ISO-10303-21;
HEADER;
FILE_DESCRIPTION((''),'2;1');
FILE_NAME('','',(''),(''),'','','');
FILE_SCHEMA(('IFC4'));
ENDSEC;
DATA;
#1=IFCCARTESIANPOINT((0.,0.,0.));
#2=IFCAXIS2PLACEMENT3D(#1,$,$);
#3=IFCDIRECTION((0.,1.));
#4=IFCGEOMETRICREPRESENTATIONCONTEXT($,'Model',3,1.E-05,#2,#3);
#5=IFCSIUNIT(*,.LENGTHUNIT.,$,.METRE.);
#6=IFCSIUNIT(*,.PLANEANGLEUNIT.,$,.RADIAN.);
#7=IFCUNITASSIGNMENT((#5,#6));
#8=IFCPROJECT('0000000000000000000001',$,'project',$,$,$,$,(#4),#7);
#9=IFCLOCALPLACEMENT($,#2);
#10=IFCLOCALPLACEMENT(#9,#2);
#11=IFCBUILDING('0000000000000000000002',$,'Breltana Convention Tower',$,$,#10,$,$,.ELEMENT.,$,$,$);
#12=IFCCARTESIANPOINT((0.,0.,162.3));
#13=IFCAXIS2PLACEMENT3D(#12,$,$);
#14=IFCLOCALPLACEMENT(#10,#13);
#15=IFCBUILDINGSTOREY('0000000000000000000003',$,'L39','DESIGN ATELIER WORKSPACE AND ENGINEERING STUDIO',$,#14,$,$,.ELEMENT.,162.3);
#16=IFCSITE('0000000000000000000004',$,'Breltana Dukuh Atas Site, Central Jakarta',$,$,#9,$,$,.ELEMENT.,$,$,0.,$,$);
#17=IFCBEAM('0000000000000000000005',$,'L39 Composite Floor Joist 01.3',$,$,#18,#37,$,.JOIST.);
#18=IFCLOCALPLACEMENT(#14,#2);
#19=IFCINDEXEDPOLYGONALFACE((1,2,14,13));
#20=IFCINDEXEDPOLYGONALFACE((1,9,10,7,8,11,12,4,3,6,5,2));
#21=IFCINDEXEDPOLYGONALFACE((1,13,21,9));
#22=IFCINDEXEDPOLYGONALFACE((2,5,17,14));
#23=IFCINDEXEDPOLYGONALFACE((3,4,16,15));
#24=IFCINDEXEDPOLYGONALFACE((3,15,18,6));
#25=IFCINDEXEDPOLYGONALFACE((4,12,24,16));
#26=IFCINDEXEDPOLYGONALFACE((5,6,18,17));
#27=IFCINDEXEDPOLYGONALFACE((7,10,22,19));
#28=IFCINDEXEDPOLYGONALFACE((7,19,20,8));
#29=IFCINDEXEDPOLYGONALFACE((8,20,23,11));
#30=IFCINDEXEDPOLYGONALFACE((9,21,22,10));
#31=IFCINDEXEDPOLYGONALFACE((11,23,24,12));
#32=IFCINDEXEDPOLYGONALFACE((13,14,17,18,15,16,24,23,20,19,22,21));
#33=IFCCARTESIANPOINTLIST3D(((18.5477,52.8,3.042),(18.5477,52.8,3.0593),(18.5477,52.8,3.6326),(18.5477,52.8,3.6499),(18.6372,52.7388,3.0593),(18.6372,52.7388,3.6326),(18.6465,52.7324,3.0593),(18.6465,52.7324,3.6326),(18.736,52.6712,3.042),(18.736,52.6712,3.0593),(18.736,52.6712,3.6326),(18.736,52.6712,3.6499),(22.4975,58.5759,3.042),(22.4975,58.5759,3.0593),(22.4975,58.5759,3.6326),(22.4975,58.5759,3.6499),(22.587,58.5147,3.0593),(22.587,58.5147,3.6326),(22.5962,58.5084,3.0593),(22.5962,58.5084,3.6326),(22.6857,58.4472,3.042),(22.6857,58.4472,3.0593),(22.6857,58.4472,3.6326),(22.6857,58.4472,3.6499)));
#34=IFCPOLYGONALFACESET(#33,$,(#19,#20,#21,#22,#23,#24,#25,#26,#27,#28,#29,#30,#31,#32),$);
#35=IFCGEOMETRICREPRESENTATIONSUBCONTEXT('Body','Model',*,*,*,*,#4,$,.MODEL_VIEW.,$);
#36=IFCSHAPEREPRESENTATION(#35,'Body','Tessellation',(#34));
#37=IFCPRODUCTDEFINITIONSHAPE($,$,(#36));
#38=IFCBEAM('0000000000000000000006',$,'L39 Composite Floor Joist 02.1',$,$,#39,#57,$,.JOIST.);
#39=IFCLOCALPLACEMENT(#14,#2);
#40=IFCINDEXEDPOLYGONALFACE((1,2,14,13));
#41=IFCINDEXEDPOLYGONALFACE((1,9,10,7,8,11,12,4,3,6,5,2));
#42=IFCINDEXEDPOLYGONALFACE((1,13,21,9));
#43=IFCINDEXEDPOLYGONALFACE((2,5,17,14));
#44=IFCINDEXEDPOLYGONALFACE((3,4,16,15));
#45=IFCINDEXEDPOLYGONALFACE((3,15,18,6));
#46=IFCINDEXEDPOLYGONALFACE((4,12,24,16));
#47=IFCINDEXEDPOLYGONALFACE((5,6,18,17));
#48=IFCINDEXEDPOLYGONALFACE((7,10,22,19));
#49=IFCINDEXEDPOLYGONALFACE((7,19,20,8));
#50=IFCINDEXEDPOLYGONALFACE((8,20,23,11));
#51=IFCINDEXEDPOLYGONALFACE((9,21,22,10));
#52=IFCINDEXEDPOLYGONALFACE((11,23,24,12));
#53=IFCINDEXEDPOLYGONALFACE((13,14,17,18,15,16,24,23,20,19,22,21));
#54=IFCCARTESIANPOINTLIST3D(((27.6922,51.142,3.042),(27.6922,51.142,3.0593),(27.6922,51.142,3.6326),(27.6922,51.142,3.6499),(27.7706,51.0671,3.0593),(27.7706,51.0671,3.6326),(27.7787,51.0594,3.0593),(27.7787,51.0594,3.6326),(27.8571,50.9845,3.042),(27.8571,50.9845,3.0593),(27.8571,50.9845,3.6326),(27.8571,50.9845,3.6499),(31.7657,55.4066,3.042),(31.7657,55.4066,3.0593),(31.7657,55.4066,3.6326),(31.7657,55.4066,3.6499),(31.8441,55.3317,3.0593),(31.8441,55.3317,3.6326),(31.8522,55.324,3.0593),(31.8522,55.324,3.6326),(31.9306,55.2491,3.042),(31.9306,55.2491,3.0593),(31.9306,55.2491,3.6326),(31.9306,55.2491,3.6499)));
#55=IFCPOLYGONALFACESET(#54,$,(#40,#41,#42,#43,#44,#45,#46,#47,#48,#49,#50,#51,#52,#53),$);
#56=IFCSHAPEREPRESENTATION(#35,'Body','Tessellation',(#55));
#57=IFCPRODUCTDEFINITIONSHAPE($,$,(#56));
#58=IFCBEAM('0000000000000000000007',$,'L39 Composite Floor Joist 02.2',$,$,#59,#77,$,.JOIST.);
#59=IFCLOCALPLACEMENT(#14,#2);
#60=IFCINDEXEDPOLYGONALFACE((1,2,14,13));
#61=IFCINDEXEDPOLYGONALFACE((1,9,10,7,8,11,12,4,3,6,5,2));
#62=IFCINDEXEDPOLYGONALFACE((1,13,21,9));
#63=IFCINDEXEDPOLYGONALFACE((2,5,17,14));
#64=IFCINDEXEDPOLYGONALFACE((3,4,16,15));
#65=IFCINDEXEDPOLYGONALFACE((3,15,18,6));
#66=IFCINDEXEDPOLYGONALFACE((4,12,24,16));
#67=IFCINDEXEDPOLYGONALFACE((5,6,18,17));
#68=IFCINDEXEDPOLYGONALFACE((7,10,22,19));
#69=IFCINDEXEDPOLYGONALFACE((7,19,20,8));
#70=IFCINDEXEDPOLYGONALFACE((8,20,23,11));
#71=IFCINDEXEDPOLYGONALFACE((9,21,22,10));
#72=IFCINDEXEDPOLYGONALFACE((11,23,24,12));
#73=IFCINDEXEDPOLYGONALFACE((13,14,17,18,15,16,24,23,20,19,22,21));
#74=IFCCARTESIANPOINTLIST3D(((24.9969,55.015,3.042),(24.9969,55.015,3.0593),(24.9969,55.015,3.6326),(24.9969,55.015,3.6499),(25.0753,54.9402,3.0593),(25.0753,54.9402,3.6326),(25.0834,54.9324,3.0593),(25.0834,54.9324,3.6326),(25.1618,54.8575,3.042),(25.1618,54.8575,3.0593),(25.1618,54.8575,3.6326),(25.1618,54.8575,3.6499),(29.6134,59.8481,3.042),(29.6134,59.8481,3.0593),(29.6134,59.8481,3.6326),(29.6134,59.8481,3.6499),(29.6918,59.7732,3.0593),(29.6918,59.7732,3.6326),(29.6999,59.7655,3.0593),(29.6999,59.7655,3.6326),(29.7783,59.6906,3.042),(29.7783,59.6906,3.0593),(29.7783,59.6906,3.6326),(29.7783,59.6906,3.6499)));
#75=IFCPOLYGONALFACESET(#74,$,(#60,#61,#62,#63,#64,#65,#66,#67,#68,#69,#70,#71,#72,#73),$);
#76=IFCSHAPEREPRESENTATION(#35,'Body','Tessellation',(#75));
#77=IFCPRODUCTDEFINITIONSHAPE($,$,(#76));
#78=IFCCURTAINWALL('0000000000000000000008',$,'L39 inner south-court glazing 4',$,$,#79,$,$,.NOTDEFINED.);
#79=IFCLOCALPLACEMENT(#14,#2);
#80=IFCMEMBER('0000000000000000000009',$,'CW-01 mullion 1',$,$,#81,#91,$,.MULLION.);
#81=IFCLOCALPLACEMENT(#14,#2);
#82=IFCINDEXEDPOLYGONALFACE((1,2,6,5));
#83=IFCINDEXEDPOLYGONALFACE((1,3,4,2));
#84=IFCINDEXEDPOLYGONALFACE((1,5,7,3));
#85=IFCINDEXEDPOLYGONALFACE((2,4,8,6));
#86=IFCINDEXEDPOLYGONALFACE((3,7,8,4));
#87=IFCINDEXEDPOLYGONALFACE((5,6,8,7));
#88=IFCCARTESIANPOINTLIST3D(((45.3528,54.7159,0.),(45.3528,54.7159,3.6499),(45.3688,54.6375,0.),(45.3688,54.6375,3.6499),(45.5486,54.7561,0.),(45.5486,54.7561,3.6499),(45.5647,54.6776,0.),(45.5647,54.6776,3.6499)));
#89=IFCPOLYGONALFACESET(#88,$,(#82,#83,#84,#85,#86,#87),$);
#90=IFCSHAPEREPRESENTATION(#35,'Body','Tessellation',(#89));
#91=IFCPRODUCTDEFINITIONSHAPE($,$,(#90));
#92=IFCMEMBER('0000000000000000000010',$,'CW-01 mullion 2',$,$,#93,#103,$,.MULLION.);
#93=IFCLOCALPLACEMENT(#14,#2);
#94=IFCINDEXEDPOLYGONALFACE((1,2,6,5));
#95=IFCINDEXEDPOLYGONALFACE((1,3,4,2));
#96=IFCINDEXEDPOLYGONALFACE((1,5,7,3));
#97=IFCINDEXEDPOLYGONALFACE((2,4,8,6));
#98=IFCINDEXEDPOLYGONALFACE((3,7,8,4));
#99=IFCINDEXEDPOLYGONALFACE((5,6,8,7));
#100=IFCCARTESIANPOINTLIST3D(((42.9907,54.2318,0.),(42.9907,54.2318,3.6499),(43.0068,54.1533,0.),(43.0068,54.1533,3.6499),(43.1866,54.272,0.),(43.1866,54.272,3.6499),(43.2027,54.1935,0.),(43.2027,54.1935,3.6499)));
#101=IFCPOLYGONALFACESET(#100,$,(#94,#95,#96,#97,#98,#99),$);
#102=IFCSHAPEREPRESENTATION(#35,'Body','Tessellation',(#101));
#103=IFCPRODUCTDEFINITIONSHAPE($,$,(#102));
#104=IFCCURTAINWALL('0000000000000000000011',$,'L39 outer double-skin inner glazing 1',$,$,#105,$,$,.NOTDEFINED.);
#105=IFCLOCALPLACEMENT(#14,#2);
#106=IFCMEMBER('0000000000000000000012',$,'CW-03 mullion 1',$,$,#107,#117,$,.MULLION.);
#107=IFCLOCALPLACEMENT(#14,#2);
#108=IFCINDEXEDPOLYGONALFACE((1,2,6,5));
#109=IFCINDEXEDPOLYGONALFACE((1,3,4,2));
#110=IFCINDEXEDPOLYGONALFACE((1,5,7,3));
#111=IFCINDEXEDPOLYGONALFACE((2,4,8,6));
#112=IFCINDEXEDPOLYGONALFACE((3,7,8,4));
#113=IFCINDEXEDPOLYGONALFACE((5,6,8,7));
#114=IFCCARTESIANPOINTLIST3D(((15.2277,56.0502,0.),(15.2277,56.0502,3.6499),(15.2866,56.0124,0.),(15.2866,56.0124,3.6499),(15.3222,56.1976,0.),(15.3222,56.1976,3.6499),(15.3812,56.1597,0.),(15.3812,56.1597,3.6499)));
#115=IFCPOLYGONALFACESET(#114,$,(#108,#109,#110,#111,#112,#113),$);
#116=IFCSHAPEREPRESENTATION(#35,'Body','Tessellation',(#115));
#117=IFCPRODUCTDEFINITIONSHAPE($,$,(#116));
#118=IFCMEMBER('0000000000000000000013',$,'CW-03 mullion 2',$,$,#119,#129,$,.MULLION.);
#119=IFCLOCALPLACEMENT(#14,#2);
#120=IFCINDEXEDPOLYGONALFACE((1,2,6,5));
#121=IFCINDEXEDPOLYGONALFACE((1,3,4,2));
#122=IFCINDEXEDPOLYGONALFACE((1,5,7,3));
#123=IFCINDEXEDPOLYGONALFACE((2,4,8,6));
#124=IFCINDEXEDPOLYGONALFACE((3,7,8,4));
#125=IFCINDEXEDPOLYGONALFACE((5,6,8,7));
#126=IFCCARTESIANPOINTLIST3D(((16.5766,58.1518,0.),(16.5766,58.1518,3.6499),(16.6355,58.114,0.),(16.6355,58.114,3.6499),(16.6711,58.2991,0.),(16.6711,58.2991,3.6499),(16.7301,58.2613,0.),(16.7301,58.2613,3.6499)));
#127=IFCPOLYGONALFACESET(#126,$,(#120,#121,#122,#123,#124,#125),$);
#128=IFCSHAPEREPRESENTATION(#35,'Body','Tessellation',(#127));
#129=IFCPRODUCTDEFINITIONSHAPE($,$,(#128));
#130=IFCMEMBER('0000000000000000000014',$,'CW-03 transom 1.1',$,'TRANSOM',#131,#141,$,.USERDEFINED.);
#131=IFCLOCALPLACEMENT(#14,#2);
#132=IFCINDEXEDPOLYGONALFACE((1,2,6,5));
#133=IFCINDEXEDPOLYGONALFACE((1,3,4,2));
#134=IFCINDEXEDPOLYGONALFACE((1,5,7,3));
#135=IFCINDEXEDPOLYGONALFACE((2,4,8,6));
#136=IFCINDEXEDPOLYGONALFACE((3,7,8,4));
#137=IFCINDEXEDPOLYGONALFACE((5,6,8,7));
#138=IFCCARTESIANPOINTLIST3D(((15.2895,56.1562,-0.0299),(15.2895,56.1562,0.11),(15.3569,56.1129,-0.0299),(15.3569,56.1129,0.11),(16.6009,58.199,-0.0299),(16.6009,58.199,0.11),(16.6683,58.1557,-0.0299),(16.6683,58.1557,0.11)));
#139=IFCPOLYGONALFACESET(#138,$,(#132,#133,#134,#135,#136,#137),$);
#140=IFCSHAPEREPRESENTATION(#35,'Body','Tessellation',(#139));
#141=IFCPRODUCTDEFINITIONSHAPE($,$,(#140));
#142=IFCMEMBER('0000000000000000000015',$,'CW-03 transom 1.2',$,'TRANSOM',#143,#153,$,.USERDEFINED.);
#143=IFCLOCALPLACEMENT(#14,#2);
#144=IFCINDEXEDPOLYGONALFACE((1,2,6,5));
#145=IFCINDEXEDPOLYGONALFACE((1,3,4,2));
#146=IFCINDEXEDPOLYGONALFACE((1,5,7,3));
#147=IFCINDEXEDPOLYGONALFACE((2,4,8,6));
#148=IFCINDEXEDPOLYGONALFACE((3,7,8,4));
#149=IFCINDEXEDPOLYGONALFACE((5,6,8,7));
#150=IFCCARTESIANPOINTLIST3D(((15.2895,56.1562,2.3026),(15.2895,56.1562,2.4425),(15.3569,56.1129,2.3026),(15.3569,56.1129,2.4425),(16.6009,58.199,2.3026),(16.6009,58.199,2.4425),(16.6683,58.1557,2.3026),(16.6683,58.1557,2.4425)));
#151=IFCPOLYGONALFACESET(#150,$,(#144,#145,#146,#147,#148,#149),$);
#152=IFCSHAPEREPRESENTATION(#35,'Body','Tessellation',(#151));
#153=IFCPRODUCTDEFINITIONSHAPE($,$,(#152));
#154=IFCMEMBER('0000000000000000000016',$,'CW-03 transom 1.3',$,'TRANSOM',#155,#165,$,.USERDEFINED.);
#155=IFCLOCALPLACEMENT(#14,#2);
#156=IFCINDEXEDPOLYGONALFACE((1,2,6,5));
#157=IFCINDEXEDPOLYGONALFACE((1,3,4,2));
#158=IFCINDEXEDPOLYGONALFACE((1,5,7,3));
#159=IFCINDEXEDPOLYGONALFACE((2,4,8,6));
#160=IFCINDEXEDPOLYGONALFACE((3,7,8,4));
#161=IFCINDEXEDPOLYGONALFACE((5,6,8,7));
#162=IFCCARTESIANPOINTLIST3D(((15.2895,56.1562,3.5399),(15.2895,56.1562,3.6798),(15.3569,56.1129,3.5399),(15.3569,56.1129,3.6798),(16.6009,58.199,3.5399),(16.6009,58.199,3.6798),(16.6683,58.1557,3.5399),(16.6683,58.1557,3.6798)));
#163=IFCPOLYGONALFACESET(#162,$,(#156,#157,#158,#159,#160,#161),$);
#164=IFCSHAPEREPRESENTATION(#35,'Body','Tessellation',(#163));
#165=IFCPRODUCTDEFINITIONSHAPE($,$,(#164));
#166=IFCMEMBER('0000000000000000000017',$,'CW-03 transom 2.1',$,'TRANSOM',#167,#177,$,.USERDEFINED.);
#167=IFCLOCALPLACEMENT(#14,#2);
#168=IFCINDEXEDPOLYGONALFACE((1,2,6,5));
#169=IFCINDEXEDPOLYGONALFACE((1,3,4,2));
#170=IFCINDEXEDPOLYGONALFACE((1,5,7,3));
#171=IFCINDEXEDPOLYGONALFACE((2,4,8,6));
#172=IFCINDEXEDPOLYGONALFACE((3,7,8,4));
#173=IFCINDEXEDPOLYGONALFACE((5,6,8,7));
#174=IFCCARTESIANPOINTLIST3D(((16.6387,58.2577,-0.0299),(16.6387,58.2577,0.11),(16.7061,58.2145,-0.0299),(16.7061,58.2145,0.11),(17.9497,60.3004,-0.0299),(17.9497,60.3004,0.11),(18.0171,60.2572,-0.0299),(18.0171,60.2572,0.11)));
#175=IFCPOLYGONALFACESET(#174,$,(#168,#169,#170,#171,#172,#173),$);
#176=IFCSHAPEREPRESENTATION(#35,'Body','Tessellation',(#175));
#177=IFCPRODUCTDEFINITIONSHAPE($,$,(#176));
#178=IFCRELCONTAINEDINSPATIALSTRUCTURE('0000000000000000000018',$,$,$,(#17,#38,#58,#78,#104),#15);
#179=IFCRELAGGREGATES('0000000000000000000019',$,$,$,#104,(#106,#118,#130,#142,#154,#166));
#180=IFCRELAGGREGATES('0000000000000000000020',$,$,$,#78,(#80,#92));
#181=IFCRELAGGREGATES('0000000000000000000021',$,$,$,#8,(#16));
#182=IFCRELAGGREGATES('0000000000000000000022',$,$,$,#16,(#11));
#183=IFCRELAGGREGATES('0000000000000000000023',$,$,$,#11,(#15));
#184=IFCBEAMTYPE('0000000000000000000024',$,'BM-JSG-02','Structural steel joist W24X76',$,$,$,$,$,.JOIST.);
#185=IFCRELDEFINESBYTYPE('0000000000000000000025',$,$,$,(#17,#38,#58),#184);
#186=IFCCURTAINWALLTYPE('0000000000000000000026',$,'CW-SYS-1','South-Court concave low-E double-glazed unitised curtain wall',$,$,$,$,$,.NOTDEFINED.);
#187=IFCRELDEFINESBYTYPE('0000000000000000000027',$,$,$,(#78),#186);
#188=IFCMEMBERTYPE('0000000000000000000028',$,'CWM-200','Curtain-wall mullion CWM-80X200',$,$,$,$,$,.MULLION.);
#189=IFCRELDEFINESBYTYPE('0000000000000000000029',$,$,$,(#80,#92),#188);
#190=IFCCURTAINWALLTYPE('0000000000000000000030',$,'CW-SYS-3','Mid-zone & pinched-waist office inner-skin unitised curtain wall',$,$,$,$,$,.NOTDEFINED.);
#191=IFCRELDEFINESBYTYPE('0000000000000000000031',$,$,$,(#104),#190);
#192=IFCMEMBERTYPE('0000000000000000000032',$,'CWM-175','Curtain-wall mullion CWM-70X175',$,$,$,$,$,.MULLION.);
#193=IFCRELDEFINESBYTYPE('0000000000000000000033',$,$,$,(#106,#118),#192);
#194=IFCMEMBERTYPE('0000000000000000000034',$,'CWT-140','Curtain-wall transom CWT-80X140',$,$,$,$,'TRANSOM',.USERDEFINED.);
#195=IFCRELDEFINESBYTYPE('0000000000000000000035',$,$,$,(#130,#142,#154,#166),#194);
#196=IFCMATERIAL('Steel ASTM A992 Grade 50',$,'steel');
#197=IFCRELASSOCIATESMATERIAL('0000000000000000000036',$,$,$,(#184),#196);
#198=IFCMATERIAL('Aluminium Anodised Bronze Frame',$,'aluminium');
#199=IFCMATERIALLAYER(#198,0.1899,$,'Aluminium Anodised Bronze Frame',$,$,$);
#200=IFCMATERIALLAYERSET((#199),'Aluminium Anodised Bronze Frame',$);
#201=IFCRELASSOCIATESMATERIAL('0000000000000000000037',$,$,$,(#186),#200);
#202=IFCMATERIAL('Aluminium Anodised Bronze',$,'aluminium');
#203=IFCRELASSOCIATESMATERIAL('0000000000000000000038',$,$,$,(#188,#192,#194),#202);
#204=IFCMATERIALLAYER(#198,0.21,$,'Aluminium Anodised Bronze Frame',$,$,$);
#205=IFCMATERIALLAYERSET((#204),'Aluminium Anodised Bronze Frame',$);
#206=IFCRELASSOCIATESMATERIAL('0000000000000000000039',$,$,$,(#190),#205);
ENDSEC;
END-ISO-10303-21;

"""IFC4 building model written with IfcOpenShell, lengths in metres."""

from ifc_helpers import new_model, si_unit, direction, frame, origin, origin_2d, place, context, subcontext, project, spatial, rectangle, i_section, extrude, source, transform, mapped, material, layer, layer_set, material_profile, profile_set, type_object, element, aggregate, save


model = new_model("IFC4")

# Units and contexts
model_context = context("Model", 3, precision=1e-05, world=origin(), true_north=direction((0.0, 1.0)))
body_context = subcontext(model_context, "Body", "Model", "MODEL_VIEW")
ifc_project = project(units=[si_unit("LENGTHUNIT", "METRE"), si_unit("PLANEANGLEUNIT", "RADIAN")], contexts=[model_context])

# Site, building, storey
site_placement = place(None, origin())
site = spatial("IfcSite", under=ifc_project, at=site_placement, Name="Breltana Dukuh Atas Site, Central Jakarta", CompositionType="ELEMENT", RefElevation=0.0)
building_placement = place(site_placement, origin())
building = spatial("IfcBuilding", under=site, at=building_placement, Name="Breltana Convention Tower", CompositionType="ELEMENT")
storey_placement = place(building_placement, frame((0.0, 0.0, 162.3)))
storey = spatial("IfcBuildingStorey", under=building, at=storey_placement, Name="L39", Description="DESIGN ATELIER WORKSPACE AND ENGINEERING STUDIO", CompositionType="ELEMENT", Elevation=162.3)

# Beams
ifc_material_1 = material(Name="Steel ASTM A992 Grade 50", Category="steel")
ifc_material_profile_1 = material_profile(ifc_material_1, i_section(OverallWidth=0.228, OverallDepth=0.6079, WebThickness=0.0112, FlangeThickness=0.0173, at=origin_2d()), Name="W24X76")
ifc_profile_set_1 = profile_set([ifc_material_profile_1], Name="Steel ASTM A992 Grade 50")
beam_type_1 = type_object("IfcBeamType", Name="BM-JSG-02", Description="Structural steel joist W24X76", PredefinedType="JOIST", material=ifc_profile_set_1)
shared_shape_1 = source(origin(), body_context, "Body", "SweptSolid", [
    extrude(i_section(OverallWidth=0.228, OverallDepth=0.6079, WebThickness=0.0112, FlangeThickness=0.0173, at=origin_2d()), origin(), (0.0, 0.0, 1.0), 6.9973),
])
beam_1_placement = place(storey_placement, frame((18.6418, 52.7356, 3.3459), z_axis=(0.564469, 0.825454, 0.0), x_axis=(-0.825454, 0.564469, 0.0)))
element("IfcBeam", 1, at=beam_1_placement, inside=storey, type_object=beam_type_1, Name="L39 Composite Floor Joist 01.3", PredefinedType="JOIST", context=body_context, shape_type="MappedRepresentation", body=[
    mapped(shared_shape_1, transform((0.0, 0.0, 0.0), scale=1.0)),
])
shared_shape_2 = source(origin(), body_context, "Body", "SweptSolid", [
    extrude(i_section(OverallWidth=0.228, OverallDepth=0.6079, WebThickness=0.0112, FlangeThickness=0.0173, at=origin_2d()), origin(), (0.0, 0.0, 1.0), 5.8975),
])
beam_2_placement = place(storey_placement, frame((27.7747, 51.0632, 3.3459), z_axis=(0.690714, 0.723128, 0.0), x_axis=(-0.723128, 0.690714, 0.0)))
element("IfcBeam", 2, at=beam_2_placement, inside=storey, type_object=beam_type_1, Name="L39 Composite Floor Joist 02.1", PredefinedType="JOIST", context=body_context, shape_type="MappedRepresentation", body=[
    mapped(shared_shape_2, transform((0.0, 0.0, 0.0), scale=1.0)),
])
shared_shape_3 = source(origin(), body_context, "Body", "SweptSolid", [
    extrude(i_section(OverallWidth=0.228, OverallDepth=0.6079, WebThickness=0.0112, FlangeThickness=0.0173, at=origin_2d()), origin(), (0.0, 0.0, 1.0), 6.6836),
])
beam_3_placement = place(storey_placement, frame((25.0793, 54.9363, 3.3459), z_axis=(0.690721, 0.723122, 0.0), x_axis=(-0.723122, 0.690721, 0.0)))
element("IfcBeam", 3, at=beam_3_placement, inside=storey, type_object=beam_type_1, Name="L39 Composite Floor Joist 02.2", PredefinedType="JOIST", context=body_context, shape_type="MappedRepresentation", body=[
    mapped(shared_shape_3, transform((0.0, 0.0, 0.0), scale=1.0)),
])

# Curtain walls, members
ifc_material_2 = material(Name="Aluminium Anodised Bronze Frame", Category="aluminium")
ifc_layer_1 = layer(ifc_material_2, 0.1899, Name="Aluminium Anodised Bronze Frame")
ifc_layer_set_1 = layer_set([ifc_layer_1], Name="Aluminium Anodised Bronze Frame")
curtain_wall_type_1 = type_object("IfcCurtainWallType", Name="CW-SYS-1", Description="South-Court concave low-E double-glazed unitised curtain wall", PredefinedType="NOTDEFINED", material=ifc_layer_set_1)
curtain_wall_1_placement = place(storey_placement, origin())
curtain_wall_1 = element("IfcCurtainWall", 4, at=curtain_wall_1_placement, inside=storey, type_object=curtain_wall_type_1, Name="L39 inner south-court glazing 4", PredefinedType="NOTDEFINED")
ifc_material_3 = material(Name="Aluminium Anodised Bronze", Category="aluminium")
ifc_material_profile_2 = material_profile(ifc_material_3, rectangle(XDim=0.0801, YDim=0.2, at=origin_2d()), Name="CWM-80X200")
ifc_profile_set_2 = profile_set([ifc_material_profile_2], Name="Aluminium Anodised Bronze")
member_type_1 = type_object("IfcMemberType", Name="CWM-200", Description="Curtain-wall mullion CWM-80X200", PredefinedType="MULLION", material=ifc_profile_set_2)
shared_shape_4 = source(origin(), body_context, "Body", "SweptSolid", [
    extrude(rectangle(XDim=0.0801, YDim=0.2, at=origin_2d()), origin(), (0.0, 0.0, 1.0), 3.6499),
])
member_1_placement = place(storey_placement, frame((45.4587, 54.6968, 0.0), z_axis=(0.0, 0.0, 1.0), x_axis=(0.200861, -0.97962, 0.0)))
member_1 = element("IfcMember", 5, at=member_1_placement, type_object=member_type_1, Name="CW-01 mullion 1", PredefinedType="MULLION", context=body_context, shape_type="MappedRepresentation", body=[
    mapped(shared_shape_4, transform((0.0, 0.0, 0.0), scale=1.0)),
])
member_2_placement = place(storey_placement, frame((43.0967, 54.2126, 0.0), z_axis=(0.0, 0.0, 1.0), x_axis=(0.200861, -0.97962, 0.0)))
member_2 = element("IfcMember", 6, at=member_2_placement, type_object=member_type_1, Name="CW-01 mullion 2", PredefinedType="MULLION", context=body_context, shape_type="MappedRepresentation", body=[
    mapped(shared_shape_4, transform((0.0, 0.0, 0.0), scale=1.0)),
])
ifc_layer_2 = layer(ifc_material_2, 0.21, Name="Aluminium Anodised Bronze Frame")
ifc_layer_set_2 = layer_set([ifc_layer_2], Name="Aluminium Anodised Bronze Frame")
curtain_wall_type_2 = type_object("IfcCurtainWallType", Name="CW-SYS-3", Description="Mid-zone & pinched-waist office inner-skin unitised curtain wall", PredefinedType="NOTDEFINED", material=ifc_layer_set_2)
curtain_wall_2_placement = place(storey_placement, origin())
curtain_wall_2 = element("IfcCurtainWall", 7, at=curtain_wall_2_placement, inside=storey, type_object=curtain_wall_type_2, Name="L39 outer double-skin inner glazing 1", PredefinedType="NOTDEFINED")
ifc_material_profile_3 = material_profile(ifc_material_3, rectangle(XDim=0.0701, YDim=0.175, at=origin_2d()), Name="CWM-70X175")
ifc_profile_set_3 = profile_set([ifc_material_profile_3], Name="Aluminium Anodised Bronze")
member_type_2 = type_object("IfcMemberType", Name="CWM-175", Description="Curtain-wall mullion CWM-70X175", PredefinedType="MULLION", material=ifc_profile_set_3)
shared_shape_5 = source(origin(), body_context, "Body", "SweptSolid", [
    extrude(rectangle(XDim=0.0701, YDim=0.175, at=origin_2d()), origin(), (0.0, 0.0, 1.0), 3.6499),
])
member_3_placement = place(storey_placement, frame((15.3044, 56.105, 0.0), z_axis=(0.0, 0.0, 1.0), x_axis=(-0.841554, 0.540173, 0.0)))
member_3 = element("IfcMember", 8, at=member_3_placement, type_object=member_type_2, Name="CW-03 mullion 1", PredefinedType="MULLION", context=body_context, shape_type="MappedRepresentation", body=[
    mapped(shared_shape_5, transform((0.0, 0.0, 0.0), scale=1.0)),
])
member_4_placement = place(storey_placement, frame((16.6533, 58.2065, 0.0), z_axis=(0.0, 0.0, 1.0), x_axis=(-0.841554, 0.540173, 0.0)))
member_4 = element("IfcMember", 9, at=member_4_placement, type_object=member_type_2, Name="CW-03 mullion 2", PredefinedType="MULLION", context=body_context, shape_type="MappedRepresentation", body=[
    mapped(shared_shape_5, transform((0.0, 0.0, 0.0), scale=1.0)),
])
ifc_material_profile_4 = material_profile(ifc_material_3, rectangle(XDim=0.0801, YDim=0.1399, at=origin_2d()), Name="CWT-80X140")
ifc_profile_set_4 = profile_set([ifc_material_profile_4], Name="Aluminium Anodised Bronze")
member_type_3 = type_object("IfcMemberType", Name="CWT-140", Description="Curtain-wall transom CWT-80X140", ElementType="TRANSOM", PredefinedType="USERDEFINED", material=ifc_profile_set_4)
shared_shape_6 = source(origin(), body_context, "Body", "SweptSolid", [
    extrude(rectangle(XDim=0.0801, YDim=0.1399, at=origin_2d()), origin(), (0.0, 0.0, 1.0), 2.4275),
])
member_5_placement = place(storey_placement, frame((15.3232, 56.1345, 0.04), z_axis=(0.540203, 0.841534, 0.0), x_axis=(-0.841534, 0.540203, 0.0)))
member_5 = element("IfcMember", 10, at=member_5_placement, type_object=member_type_3, Name="CW-03 transom 1.1", ObjectType="TRANSOM", PredefinedType="USERDEFINED", context=body_context, shape_type="MappedRepresentation", body=[
    mapped(shared_shape_6, transform((0.0, 0.0, 0.0), scale=1.0)),
])
member_6_placement = place(storey_placement, frame((15.3232, 56.1345, 2.3726), z_axis=(0.540203, 0.841534, 0.0), x_axis=(-0.841534, 0.540203, 0.0)))
member_6 = element("IfcMember", 11, at=member_6_placement, type_object=member_type_3, Name="CW-03 transom 1.2", ObjectType="TRANSOM", PredefinedType="USERDEFINED", context=body_context, shape_type="MappedRepresentation", body=[
    mapped(shared_shape_6, transform((0.0, 0.0, 0.0), scale=1.0)),
])
member_7_placement = place(storey_placement, frame((15.3232, 56.1345, 3.6099), z_axis=(0.540203, 0.841534, 0.0), x_axis=(-0.841534, 0.540203, 0.0)))
member_7 = element("IfcMember", 12, at=member_7_placement, type_object=member_type_3, Name="CW-03 transom 1.3", ObjectType="TRANSOM", PredefinedType="USERDEFINED", context=body_context, shape_type="MappedRepresentation", body=[
    mapped(shared_shape_6, transform((0.0, 0.0, 0.0), scale=1.0)),
])
shared_shape_7 = source(origin(), body_context, "Body", "SweptSolid", [
    extrude(rectangle(XDim=0.0801, YDim=0.1399, at=origin_2d()), origin(), (0.0, 0.0, 1.0), 2.4272),
])
member_8_placement = place(storey_placement, frame((16.6724, 58.2361, 0.04), z_axis=(0.540132, 0.84158, 0.0), x_axis=(-0.84158, 0.540132, 0.0)))
member_8 = element("IfcMember", 13, at=member_8_placement, type_object=member_type_3, Name="CW-03 transom 2.1", ObjectType="TRANSOM", PredefinedType="USERDEFINED", context=body_context, shape_type="MappedRepresentation", body=[
    mapped(shared_shape_7, transform((0.0, 0.0, 0.0), scale=1.0)),
])

aggregate(curtain_wall_2, [member_3, member_4, member_5, member_6, member_7, member_8])
aggregate(curtain_wall_1, [member_1, member_2])

save(model, "model.ifc")
